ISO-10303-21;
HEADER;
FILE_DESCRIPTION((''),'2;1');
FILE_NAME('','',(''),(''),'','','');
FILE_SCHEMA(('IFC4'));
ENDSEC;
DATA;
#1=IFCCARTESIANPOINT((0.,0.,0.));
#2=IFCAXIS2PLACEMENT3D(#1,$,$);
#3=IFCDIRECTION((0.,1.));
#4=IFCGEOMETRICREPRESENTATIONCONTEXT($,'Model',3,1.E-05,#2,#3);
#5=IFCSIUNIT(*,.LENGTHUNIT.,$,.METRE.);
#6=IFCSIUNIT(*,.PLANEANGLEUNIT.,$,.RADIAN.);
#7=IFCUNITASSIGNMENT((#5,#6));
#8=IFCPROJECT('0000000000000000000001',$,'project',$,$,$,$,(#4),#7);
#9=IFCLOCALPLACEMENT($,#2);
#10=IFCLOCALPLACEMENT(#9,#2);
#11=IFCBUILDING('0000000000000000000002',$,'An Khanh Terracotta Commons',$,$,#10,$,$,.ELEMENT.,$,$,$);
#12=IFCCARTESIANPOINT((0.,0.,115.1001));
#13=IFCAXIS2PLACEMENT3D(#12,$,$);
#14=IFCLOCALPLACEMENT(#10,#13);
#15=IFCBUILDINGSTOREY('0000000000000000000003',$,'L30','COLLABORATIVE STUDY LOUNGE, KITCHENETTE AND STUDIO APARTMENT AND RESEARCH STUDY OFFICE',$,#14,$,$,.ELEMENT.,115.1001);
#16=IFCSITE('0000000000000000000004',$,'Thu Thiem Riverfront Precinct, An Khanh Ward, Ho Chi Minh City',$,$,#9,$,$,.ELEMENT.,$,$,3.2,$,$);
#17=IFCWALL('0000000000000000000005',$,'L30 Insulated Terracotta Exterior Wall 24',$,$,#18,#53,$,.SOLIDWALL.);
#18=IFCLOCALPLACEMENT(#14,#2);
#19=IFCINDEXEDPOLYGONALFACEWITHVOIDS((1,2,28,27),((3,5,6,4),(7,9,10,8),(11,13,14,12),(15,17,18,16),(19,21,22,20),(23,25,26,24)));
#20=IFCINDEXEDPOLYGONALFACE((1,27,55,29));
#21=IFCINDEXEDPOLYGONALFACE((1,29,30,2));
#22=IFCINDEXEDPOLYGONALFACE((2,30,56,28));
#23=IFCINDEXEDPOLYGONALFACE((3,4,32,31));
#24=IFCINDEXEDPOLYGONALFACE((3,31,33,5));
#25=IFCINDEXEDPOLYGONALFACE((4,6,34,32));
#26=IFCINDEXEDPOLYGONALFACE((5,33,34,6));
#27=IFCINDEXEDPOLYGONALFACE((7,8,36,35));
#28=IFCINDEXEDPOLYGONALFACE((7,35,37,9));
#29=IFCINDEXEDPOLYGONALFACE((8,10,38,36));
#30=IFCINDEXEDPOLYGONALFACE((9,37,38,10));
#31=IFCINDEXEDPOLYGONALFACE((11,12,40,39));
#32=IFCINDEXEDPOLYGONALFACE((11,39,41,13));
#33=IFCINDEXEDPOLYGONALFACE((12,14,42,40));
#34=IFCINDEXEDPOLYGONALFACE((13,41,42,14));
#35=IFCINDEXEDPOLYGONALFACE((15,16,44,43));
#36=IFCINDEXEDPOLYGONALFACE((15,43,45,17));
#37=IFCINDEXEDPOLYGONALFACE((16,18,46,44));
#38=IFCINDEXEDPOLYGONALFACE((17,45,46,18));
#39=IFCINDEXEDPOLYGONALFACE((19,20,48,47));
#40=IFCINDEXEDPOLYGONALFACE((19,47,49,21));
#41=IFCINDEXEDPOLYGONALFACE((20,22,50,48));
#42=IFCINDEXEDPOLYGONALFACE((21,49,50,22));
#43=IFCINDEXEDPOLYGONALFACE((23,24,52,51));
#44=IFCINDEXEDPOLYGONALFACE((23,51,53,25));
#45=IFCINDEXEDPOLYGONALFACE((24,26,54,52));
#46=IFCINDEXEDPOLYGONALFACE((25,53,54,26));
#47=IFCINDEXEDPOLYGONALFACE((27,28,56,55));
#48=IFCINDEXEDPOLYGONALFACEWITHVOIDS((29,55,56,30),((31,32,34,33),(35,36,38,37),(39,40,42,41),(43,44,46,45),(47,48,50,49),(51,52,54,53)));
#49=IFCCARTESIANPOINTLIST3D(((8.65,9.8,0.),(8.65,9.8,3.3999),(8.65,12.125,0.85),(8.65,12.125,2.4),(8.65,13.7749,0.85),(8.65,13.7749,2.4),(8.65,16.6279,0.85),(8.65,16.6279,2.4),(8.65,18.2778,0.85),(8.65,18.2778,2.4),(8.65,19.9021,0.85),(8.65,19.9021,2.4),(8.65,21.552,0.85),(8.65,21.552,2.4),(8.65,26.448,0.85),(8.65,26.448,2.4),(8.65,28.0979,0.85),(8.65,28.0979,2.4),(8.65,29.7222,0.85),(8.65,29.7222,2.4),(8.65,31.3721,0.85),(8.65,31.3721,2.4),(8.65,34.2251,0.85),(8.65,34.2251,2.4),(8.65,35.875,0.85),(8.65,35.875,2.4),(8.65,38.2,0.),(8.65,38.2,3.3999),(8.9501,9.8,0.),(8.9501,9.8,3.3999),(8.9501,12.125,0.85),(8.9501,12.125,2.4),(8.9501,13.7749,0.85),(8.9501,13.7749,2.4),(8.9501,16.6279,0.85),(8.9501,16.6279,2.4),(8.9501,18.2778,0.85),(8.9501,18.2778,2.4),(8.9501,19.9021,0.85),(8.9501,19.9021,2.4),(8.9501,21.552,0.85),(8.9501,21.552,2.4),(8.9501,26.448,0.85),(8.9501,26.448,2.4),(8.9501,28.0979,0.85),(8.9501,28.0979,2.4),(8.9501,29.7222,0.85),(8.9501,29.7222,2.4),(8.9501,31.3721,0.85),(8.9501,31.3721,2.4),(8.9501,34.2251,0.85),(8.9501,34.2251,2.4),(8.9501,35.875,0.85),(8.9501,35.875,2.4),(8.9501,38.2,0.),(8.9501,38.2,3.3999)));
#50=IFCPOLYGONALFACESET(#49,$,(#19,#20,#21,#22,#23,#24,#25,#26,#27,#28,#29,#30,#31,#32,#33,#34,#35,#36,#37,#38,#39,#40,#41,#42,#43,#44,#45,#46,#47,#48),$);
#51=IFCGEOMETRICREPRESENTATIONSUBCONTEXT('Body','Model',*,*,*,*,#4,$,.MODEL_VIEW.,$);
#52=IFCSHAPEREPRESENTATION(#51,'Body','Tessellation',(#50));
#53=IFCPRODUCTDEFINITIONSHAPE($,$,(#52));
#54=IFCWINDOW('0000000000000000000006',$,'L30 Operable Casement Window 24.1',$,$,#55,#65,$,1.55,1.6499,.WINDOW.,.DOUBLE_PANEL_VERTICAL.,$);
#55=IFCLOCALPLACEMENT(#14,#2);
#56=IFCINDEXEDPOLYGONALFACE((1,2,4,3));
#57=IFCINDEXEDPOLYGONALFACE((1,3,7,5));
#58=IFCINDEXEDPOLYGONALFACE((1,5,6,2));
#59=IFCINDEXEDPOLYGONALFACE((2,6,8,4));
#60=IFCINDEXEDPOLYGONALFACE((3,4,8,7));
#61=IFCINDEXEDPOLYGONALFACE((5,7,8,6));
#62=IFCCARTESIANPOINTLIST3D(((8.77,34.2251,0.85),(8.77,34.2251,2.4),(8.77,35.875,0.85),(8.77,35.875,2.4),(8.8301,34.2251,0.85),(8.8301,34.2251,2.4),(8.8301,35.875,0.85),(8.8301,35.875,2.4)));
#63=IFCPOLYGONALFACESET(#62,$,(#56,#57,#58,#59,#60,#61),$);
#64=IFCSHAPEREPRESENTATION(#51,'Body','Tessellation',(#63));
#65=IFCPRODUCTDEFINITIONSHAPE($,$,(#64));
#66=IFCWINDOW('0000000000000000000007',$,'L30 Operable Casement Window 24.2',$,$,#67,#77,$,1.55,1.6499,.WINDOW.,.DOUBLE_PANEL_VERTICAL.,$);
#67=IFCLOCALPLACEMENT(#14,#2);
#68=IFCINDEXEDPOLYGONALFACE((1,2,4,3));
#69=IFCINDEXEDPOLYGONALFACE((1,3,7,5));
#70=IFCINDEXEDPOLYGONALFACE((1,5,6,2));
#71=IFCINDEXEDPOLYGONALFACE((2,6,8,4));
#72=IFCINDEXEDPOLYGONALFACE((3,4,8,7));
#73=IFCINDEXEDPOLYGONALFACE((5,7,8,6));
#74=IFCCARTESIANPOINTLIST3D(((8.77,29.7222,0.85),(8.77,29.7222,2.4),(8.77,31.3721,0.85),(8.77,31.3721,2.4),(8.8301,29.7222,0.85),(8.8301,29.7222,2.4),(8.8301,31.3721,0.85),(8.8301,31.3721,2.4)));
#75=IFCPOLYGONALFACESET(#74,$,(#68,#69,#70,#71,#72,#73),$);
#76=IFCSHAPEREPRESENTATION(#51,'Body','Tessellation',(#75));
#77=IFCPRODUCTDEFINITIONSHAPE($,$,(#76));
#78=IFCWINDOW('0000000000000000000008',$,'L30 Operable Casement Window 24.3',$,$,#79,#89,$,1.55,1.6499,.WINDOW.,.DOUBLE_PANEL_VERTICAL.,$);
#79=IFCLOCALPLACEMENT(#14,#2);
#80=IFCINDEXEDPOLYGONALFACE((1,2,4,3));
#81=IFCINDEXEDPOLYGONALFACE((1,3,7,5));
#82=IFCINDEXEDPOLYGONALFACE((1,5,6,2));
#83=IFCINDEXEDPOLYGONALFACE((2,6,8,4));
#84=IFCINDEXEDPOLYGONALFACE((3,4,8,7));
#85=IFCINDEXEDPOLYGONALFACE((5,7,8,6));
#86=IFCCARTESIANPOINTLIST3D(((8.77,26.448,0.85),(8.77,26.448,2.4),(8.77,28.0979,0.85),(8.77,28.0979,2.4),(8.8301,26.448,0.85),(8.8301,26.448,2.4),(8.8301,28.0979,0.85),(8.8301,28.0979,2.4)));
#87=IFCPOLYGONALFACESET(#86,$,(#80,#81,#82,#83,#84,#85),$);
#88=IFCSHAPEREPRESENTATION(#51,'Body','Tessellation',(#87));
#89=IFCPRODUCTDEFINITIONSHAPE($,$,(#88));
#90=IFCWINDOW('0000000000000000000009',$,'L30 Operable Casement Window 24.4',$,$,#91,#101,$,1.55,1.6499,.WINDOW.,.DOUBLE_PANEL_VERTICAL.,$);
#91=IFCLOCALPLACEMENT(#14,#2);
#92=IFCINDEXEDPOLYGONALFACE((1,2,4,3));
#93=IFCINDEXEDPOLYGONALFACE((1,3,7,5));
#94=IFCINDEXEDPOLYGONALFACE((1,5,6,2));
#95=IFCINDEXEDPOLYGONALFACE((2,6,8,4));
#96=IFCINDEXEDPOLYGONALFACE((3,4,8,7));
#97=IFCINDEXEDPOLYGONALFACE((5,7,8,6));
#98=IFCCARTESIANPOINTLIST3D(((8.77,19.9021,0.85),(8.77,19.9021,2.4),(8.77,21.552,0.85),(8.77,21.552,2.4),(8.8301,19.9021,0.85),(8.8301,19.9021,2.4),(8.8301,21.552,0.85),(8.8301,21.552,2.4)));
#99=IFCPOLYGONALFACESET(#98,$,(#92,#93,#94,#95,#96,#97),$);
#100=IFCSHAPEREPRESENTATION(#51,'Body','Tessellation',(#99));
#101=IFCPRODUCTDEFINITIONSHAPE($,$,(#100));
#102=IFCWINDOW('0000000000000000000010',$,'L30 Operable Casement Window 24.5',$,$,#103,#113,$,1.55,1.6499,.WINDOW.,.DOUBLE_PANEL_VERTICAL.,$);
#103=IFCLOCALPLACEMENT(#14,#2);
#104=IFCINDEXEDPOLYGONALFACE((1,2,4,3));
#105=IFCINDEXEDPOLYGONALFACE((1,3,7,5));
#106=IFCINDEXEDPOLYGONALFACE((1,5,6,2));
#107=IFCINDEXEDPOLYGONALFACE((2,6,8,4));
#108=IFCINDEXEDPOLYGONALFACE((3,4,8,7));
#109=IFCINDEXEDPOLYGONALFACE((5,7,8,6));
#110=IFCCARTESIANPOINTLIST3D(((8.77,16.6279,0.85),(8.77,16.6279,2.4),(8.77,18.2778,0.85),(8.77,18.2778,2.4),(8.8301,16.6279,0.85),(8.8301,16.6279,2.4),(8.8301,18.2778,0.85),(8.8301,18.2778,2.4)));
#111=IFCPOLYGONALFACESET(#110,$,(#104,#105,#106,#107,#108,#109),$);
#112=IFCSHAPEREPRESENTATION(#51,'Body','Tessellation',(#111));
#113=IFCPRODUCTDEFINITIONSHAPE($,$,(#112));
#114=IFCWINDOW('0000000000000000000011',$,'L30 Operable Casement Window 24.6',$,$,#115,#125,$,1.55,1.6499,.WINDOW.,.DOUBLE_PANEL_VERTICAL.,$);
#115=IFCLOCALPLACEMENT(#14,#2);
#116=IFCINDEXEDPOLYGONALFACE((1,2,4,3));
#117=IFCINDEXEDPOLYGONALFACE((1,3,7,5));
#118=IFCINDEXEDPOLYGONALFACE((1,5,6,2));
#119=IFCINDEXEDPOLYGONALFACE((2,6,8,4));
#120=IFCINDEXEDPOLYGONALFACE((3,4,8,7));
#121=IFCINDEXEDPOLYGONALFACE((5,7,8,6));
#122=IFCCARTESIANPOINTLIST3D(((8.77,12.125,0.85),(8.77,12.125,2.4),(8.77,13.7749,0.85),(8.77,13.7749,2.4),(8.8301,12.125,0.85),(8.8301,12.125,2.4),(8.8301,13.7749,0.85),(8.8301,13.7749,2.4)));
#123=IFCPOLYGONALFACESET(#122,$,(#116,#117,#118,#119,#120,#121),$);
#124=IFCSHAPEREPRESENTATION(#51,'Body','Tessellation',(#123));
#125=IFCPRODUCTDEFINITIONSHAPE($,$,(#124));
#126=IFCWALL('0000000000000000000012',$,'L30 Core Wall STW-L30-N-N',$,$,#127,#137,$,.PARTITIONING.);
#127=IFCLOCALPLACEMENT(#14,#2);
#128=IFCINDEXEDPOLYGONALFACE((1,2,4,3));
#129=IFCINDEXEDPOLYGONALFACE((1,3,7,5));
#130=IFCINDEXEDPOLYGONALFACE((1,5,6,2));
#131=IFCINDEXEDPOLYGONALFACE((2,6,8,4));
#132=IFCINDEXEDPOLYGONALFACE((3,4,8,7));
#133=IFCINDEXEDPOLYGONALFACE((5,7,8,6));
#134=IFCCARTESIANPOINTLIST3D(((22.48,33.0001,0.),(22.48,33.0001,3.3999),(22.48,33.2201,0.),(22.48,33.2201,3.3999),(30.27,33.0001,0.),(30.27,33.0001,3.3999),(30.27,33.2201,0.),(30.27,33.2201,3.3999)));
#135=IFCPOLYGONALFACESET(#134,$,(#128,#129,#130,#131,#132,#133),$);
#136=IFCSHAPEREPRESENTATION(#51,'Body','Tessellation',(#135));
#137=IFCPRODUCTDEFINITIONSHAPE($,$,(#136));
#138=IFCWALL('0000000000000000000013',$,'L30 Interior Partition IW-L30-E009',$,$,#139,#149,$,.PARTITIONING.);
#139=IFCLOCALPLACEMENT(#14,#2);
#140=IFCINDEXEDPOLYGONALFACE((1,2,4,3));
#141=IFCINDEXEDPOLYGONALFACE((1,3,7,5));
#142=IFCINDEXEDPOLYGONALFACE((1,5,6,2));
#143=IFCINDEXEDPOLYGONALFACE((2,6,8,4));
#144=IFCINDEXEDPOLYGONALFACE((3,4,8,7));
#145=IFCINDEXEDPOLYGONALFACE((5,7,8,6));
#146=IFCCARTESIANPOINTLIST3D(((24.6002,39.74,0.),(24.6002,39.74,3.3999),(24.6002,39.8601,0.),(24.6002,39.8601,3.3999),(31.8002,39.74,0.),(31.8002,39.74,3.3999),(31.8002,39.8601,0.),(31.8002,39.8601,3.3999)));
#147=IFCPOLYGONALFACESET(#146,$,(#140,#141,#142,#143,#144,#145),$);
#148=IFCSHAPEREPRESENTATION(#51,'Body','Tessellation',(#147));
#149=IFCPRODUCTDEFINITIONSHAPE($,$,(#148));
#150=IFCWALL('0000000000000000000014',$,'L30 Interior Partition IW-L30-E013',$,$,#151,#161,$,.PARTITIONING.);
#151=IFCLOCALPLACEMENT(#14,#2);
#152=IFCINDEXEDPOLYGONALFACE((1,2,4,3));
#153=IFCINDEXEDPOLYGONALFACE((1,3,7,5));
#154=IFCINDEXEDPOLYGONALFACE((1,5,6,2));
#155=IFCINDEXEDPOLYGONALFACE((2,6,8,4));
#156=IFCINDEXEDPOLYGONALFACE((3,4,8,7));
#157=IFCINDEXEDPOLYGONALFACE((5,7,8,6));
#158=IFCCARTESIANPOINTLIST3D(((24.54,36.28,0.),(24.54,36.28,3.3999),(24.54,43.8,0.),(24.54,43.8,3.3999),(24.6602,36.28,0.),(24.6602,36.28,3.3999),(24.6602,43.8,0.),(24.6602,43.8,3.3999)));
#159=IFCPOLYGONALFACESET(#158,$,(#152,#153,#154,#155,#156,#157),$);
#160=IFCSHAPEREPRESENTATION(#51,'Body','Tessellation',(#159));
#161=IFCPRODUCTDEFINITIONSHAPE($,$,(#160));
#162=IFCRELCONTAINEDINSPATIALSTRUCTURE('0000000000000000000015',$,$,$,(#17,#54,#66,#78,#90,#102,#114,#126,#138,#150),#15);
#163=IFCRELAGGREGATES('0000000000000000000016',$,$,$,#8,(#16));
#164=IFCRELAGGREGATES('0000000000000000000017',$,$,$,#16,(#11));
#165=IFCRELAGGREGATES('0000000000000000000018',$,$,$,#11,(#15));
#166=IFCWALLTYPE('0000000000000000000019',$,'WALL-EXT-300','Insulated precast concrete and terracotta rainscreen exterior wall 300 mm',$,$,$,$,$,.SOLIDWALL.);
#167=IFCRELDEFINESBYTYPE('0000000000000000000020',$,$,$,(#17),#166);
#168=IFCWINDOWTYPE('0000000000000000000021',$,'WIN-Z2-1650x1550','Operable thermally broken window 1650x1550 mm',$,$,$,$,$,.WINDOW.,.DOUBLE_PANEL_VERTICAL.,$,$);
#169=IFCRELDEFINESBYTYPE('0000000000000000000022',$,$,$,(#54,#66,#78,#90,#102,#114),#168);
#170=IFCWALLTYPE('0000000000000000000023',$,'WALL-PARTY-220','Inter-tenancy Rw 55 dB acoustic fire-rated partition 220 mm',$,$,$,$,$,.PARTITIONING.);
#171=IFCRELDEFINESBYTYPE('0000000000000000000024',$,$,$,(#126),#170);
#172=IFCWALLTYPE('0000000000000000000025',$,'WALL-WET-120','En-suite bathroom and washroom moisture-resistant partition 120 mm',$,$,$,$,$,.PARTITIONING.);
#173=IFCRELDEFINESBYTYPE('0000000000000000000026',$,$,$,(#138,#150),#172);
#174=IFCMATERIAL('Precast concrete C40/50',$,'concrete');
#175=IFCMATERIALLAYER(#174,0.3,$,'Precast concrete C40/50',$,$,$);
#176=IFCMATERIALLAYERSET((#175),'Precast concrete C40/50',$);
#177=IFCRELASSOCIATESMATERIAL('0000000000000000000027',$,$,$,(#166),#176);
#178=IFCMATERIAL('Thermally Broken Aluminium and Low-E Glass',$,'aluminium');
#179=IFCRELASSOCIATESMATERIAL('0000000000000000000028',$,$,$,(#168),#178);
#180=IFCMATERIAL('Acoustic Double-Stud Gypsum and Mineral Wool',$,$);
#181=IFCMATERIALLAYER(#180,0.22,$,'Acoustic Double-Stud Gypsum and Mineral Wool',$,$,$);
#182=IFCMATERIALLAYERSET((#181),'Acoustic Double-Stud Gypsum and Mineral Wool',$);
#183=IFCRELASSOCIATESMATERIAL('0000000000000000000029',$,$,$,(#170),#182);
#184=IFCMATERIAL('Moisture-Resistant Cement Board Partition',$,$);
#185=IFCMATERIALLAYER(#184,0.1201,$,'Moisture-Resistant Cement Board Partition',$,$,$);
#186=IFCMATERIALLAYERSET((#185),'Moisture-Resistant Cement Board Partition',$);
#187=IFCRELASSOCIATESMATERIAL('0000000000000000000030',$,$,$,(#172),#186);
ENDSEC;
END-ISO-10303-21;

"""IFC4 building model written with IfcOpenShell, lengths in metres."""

from ifc_helpers import new_model, si_unit, direction, frame, frame_2d, origin, place, context, subcontext, project, spatial, rectangle, extrude, material, layer, layer_set, type_object, element, fill, save


model = new_model("IFC4")

# Units and contexts
model_context = context("Model", 3, precision=1e-05, world=origin(), true_north=direction((0.0, 1.0)))
body_context = subcontext(model_context, "Body", "Model", "MODEL_VIEW")
ifc_project = project(units=[si_unit("LENGTHUNIT", "METRE"), si_unit("PLANEANGLEUNIT", "RADIAN")], contexts=[model_context])

# Site, building, storey
site_placement = place(None, origin())
site = spatial("IfcSite", under=ifc_project, at=site_placement, Name="Thu Thiem Riverfront Precinct, An Khanh Ward, Ho Chi Minh City", CompositionType="ELEMENT", RefElevation=3.2)
building_placement = place(site_placement, origin())
building = spatial("IfcBuilding", under=site, at=building_placement, Name="An Khanh Terracotta Commons", CompositionType="ELEMENT")
storey_placement = place(building_placement, frame((0.0, 0.0, 115.1001)))
storey = spatial("IfcBuildingStorey", under=building, at=storey_placement, Name="L30", Description="COLLABORATIVE STUDY LOUNGE, KITCHENETTE AND STUDIO APARTMENT AND RESEARCH STUDY OFFICE", CompositionType="ELEMENT", Elevation=115.1001)

# Shared definitions
ifc_material_1 = material(Name="Precast concrete C40/50", Category="concrete")
ifc_layer_1 = layer(ifc_material_1, 0.3, Name="Precast concrete C40/50")
ifc_layer_set_1 = layer_set([ifc_layer_1], Name="Precast concrete C40/50")
wall_type_1 = type_object("IfcWallType", Name="WALL-EXT-300", Description="Insulated precast concrete and terracotta rainscreen exterior wall 300 mm", PredefinedType="SOLIDWALL", material=ifc_layer_set_1)

# Wall, openings, windows
wall_1_placement = place(storey_placement, frame((8.8, 38.2, 0.0), z_axis=(0.0, 0.0, 1.0), x_axis=(0.0, -1.0, 0.0)))
wall_1 = element("IfcWall", 1, at=wall_1_placement, inside=storey, type_object=wall_type_1, Name="L30 Insulated Terracotta Exterior Wall 24", PredefinedType="SOLIDWALL", context=body_context, shape_type="SweptSolid", body=[
    extrude(rectangle(XDim=28.3999, YDim=0.3, at=frame_2d((14.2, 0.0))), origin(), (0.0, 0.0, 1.0), 3.3999),
])
opening_1_placement = place(wall_1_placement, frame((2.325, 0.0, 0.8501)))
opening_1 = element("IfcOpeningElement", 2, at=opening_1_placement, cuts=wall_1, PredefinedType="OPENING", context=body_context, shape_type="SweptSolid", body=[
    extrude(rectangle(XDim=1.6499, YDim=1.55, at=frame_2d((0.825, 0.7749))), frame((0.0, 0.1599, 0.0), z_axis=(0.0, -1.0, 0.0), x_axis=(1.0, 0.0, 0.0)), (0.0, 0.0, 1.0), 0.3201),
])
opening_2_placement = place(wall_1_placement, frame((6.8279, 0.0, 0.8501)))
opening_2 = element("IfcOpeningElement", 3, at=opening_2_placement, cuts=wall_1, PredefinedType="OPENING", context=body_context, shape_type="SweptSolid", body=[
    extrude(rectangle(XDim=1.6499, YDim=1.55, at=frame_2d((0.825, 0.7749))), frame((0.0, 0.1599, 0.0), z_axis=(0.0, -1.0, 0.0), x_axis=(1.0, 0.0, 0.0)), (0.0, 0.0, 1.0), 0.3201),
])
opening_3_placement = place(wall_1_placement, frame((10.1021, 0.0, 0.8501)))
opening_3 = element("IfcOpeningElement", 4, at=opening_3_placement, cuts=wall_1, PredefinedType="OPENING", context=body_context, shape_type="SweptSolid", body=[
    extrude(rectangle(XDim=1.6499, YDim=1.55, at=frame_2d((0.825, 0.7749))), frame((0.0, 0.1599, 0.0), z_axis=(0.0, -1.0, 0.0), x_axis=(1.0, 0.0, 0.0)), (0.0, 0.0, 1.0), 0.3201),
])
opening_4_placement = place(wall_1_placement, frame((16.6479, 0.0, 0.8501)))
opening_4 = element("IfcOpeningElement", 5, at=opening_4_placement, cuts=wall_1, PredefinedType="OPENING", context=body_context, shape_type="SweptSolid", body=[
    extrude(rectangle(XDim=1.6499, YDim=1.55, at=frame_2d((0.825, 0.7749))), frame((0.0, 0.1599, 0.0), z_axis=(0.0, -1.0, 0.0), x_axis=(1.0, 0.0, 0.0)), (0.0, 0.0, 1.0), 0.3201),
])
opening_5_placement = place(wall_1_placement, frame((19.9221, 0.0, 0.8501)))
opening_5 = element("IfcOpeningElement", 6, at=opening_5_placement, cuts=wall_1, PredefinedType="OPENING", context=body_context, shape_type="SweptSolid", body=[
    extrude(rectangle(XDim=1.6499, YDim=1.55, at=frame_2d((0.825, 0.7749))), frame((0.0, 0.1599, 0.0), z_axis=(0.0, -1.0, 0.0), x_axis=(1.0, 0.0, 0.0)), (0.0, 0.0, 1.0), 0.3201),
])
opening_6_placement = place(wall_1_placement, frame((24.425, 0.0, 0.8501)))
opening_6 = element("IfcOpeningElement", 7, at=opening_6_placement, cuts=wall_1, PredefinedType="OPENING", context=body_context, shape_type="SweptSolid", body=[
    extrude(rectangle(XDim=1.6499, YDim=1.55, at=frame_2d((0.825, 0.7749))), frame((0.0, 0.1599, 0.0), z_axis=(0.0, -1.0, 0.0), x_axis=(1.0, 0.0, 0.0)), (0.0, 0.0, 1.0), 0.3201),
])
ifc_material_2 = material(Name="Thermally Broken Aluminium and Low-E Glass", Category="aluminium")
window_type = type_object("IfcWindowType", Name="WIN-Z2-1650x1550", Description="Operable thermally broken window 1650x1550 mm", PartitioningType="DOUBLE_PANEL_VERTICAL", PredefinedType="WINDOW", material=ifc_material_2)
window_1_placement = place(opening_1_placement, origin())
window_1 = element("IfcWindow", 8, at=window_1_placement, inside=storey, type_object=window_type, Name="L30 Operable Casement Window 24.1", OverallHeight=1.55, OverallWidth=1.6499, PartitioningType="DOUBLE_PANEL_VERTICAL", PredefinedType="WINDOW", context=body_context, shape_type="SweptSolid", body=[
    extrude(rectangle(XDim=1.6499, YDim=1.55, at=frame_2d((0.825, 0.7749))), frame((0.0, 0.03, 0.0), z_axis=(0.0, -1.0, 0.0), x_axis=(1.0, 0.0, 0.0)), (0.0, 0.0, 1.0), 0.0601),
])
fill(opening_1, window_1)
window_2_placement = place(opening_2_placement, origin())
window_2 = element("IfcWindow", 9, at=window_2_placement, inside=storey, type_object=window_type, Name="L30 Operable Casement Window 24.2", OverallHeight=1.55, OverallWidth=1.6499, PartitioningType="DOUBLE_PANEL_VERTICAL", PredefinedType="WINDOW", context=body_context, shape_type="SweptSolid", body=[
    extrude(rectangle(XDim=1.6499, YDim=1.55, at=frame_2d((0.825, 0.7749))), frame((0.0, 0.03, 0.0), z_axis=(0.0, -1.0, 0.0), x_axis=(1.0, 0.0, 0.0)), (0.0, 0.0, 1.0), 0.0601),
])
fill(opening_2, window_2)
window_3_placement = place(opening_3_placement, origin())
window_3 = element("IfcWindow", 10, at=window_3_placement, inside=storey, type_object=window_type, Name="L30 Operable Casement Window 24.3", OverallHeight=1.55, OverallWidth=1.6499, PartitioningType="DOUBLE_PANEL_VERTICAL", PredefinedType="WINDOW", context=body_context, shape_type="SweptSolid", body=[
    extrude(rectangle(XDim=1.6499, YDim=1.55, at=frame_2d((0.825, 0.7749))), frame((0.0, 0.03, 0.0), z_axis=(0.0, -1.0, 0.0), x_axis=(1.0, 0.0, 0.0)), (0.0, 0.0, 1.0), 0.0601),
])
fill(opening_3, window_3)
window_4_placement = place(opening_4_placement, origin())
window_4 = element("IfcWindow", 11, at=window_4_placement, inside=storey, type_object=window_type, Name="L30 Operable Casement Window 24.4", OverallHeight=1.55, OverallWidth=1.6499, PartitioningType="DOUBLE_PANEL_VERTICAL", PredefinedType="WINDOW", context=body_context, shape_type="SweptSolid", body=[
    extrude(rectangle(XDim=1.6499, YDim=1.55, at=frame_2d((0.825, 0.7749))), frame((0.0, 0.03, 0.0), z_axis=(0.0, -1.0, 0.0), x_axis=(1.0, 0.0, 0.0)), (0.0, 0.0, 1.0), 0.0601),
])
fill(opening_4, window_4)
window_5_placement = place(opening_5_placement, origin())
window_5 = element("IfcWindow", 12, at=window_5_placement, inside=storey, type_object=window_type, Name="L30 Operable Casement Window 24.5", OverallHeight=1.55, OverallWidth=1.6499, PartitioningType="DOUBLE_PANEL_VERTICAL", PredefinedType="WINDOW", context=body_context, shape_type="SweptSolid", body=[
    extrude(rectangle(XDim=1.6499, YDim=1.55, at=frame_2d((0.825, 0.7749))), frame((0.0, 0.03, 0.0), z_axis=(0.0, -1.0, 0.0), x_axis=(1.0, 0.0, 0.0)), (0.0, 0.0, 1.0), 0.0601),
])
fill(opening_5, window_5)
window_6_placement = place(opening_6_placement, origin())
window_6 = element("IfcWindow", 13, at=window_6_placement, inside=storey, type_object=window_type, Name="L30 Operable Casement Window 24.6", OverallHeight=1.55, OverallWidth=1.6499, PartitioningType="DOUBLE_PANEL_VERTICAL", PredefinedType="WINDOW", context=body_context, shape_type="SweptSolid", body=[
    extrude(rectangle(XDim=1.6499, YDim=1.55, at=frame_2d((0.825, 0.7749))), frame((0.0, 0.03, 0.0), z_axis=(0.0, -1.0, 0.0), x_axis=(1.0, 0.0, 0.0)), (0.0, 0.0, 1.0), 0.0601),
])
fill(opening_6, window_6)

# Walls
ifc_material_3 = material(Name="Acoustic Double-Stud Gypsum and Mineral Wool")
ifc_layer_2 = layer(ifc_material_3, 0.22, Name="Acoustic Double-Stud Gypsum and Mineral Wool")
ifc_layer_set_2 = layer_set([ifc_layer_2], Name="Acoustic Double-Stud Gypsum and Mineral Wool")
wall_type_2 = type_object("IfcWallType", Name="WALL-PARTY-220", Description="Inter-tenancy Rw 55 dB acoustic fire-rated partition 220 mm", PredefinedType="PARTITIONING", material=ifc_layer_set_2)
wall_2_placement = place(storey_placement, frame((22.48, 33.1101, 0.0), z_axis=(0.0, 0.0, 1.0), x_axis=(1.0, 0.0, 0.0)))
element("IfcWall", 14, at=wall_2_placement, inside=storey, type_object=wall_type_2, Name="L30 Core Wall STW-L30-N-N", PredefinedType="PARTITIONING", context=body_context, shape_type="SweptSolid", body=[
    extrude(rectangle(XDim=7.79, YDim=0.22, at=frame_2d((3.895, 0.0))), origin(), (0.0, 0.0, 1.0), 3.3999),
])
ifc_material_4 = material(Name="Moisture-Resistant Cement Board Partition")
ifc_layer_3 = layer(ifc_material_4, 0.1201, Name="Moisture-Resistant Cement Board Partition")
ifc_layer_set_3 = layer_set([ifc_layer_3], Name="Moisture-Resistant Cement Board Partition")
wall_type_3 = type_object("IfcWallType", Name="WALL-WET-120", Description="En-suite bathroom and washroom moisture-resistant partition 120 mm", PredefinedType="PARTITIONING", material=ifc_layer_set_3)
wall_3_placement = place(storey_placement, frame((24.6001, 39.8, 0.0), z_axis=(0.0, 0.0, 1.0), x_axis=(1.0, 0.0, 0.0)))
element("IfcWall", 15, at=wall_3_placement, inside=storey, type_object=wall_type_3, Name="L30 Interior Partition IW-L30-E009", PredefinedType="PARTITIONING", context=body_context, shape_type="SweptSolid", body=[
    extrude(rectangle(XDim=7.2, YDim=0.1201, at=frame_2d((3.6001, 0.0))), origin(), (0.0, 0.0, 1.0), 3.3999),
])
wall_4_placement = place(storey_placement, frame((24.6001, 36.28, 0.0), z_axis=(0.0, 0.0, 1.0), x_axis=(0.0, 1.0, 0.0)))
element("IfcWall", 16, at=wall_4_placement, inside=storey, type_object=wall_type_3, Name="L30 Interior Partition IW-L30-E013", PredefinedType="PARTITIONING", context=body_context, shape_type="SweptSolid", body=[
    extrude(rectangle(XDim=7.52, YDim=0.1201, at=frame_2d((3.76, 0.0))), origin(), (0.0, 0.0, 1.0), 3.3999),
])

save(model, "model.ifc")
